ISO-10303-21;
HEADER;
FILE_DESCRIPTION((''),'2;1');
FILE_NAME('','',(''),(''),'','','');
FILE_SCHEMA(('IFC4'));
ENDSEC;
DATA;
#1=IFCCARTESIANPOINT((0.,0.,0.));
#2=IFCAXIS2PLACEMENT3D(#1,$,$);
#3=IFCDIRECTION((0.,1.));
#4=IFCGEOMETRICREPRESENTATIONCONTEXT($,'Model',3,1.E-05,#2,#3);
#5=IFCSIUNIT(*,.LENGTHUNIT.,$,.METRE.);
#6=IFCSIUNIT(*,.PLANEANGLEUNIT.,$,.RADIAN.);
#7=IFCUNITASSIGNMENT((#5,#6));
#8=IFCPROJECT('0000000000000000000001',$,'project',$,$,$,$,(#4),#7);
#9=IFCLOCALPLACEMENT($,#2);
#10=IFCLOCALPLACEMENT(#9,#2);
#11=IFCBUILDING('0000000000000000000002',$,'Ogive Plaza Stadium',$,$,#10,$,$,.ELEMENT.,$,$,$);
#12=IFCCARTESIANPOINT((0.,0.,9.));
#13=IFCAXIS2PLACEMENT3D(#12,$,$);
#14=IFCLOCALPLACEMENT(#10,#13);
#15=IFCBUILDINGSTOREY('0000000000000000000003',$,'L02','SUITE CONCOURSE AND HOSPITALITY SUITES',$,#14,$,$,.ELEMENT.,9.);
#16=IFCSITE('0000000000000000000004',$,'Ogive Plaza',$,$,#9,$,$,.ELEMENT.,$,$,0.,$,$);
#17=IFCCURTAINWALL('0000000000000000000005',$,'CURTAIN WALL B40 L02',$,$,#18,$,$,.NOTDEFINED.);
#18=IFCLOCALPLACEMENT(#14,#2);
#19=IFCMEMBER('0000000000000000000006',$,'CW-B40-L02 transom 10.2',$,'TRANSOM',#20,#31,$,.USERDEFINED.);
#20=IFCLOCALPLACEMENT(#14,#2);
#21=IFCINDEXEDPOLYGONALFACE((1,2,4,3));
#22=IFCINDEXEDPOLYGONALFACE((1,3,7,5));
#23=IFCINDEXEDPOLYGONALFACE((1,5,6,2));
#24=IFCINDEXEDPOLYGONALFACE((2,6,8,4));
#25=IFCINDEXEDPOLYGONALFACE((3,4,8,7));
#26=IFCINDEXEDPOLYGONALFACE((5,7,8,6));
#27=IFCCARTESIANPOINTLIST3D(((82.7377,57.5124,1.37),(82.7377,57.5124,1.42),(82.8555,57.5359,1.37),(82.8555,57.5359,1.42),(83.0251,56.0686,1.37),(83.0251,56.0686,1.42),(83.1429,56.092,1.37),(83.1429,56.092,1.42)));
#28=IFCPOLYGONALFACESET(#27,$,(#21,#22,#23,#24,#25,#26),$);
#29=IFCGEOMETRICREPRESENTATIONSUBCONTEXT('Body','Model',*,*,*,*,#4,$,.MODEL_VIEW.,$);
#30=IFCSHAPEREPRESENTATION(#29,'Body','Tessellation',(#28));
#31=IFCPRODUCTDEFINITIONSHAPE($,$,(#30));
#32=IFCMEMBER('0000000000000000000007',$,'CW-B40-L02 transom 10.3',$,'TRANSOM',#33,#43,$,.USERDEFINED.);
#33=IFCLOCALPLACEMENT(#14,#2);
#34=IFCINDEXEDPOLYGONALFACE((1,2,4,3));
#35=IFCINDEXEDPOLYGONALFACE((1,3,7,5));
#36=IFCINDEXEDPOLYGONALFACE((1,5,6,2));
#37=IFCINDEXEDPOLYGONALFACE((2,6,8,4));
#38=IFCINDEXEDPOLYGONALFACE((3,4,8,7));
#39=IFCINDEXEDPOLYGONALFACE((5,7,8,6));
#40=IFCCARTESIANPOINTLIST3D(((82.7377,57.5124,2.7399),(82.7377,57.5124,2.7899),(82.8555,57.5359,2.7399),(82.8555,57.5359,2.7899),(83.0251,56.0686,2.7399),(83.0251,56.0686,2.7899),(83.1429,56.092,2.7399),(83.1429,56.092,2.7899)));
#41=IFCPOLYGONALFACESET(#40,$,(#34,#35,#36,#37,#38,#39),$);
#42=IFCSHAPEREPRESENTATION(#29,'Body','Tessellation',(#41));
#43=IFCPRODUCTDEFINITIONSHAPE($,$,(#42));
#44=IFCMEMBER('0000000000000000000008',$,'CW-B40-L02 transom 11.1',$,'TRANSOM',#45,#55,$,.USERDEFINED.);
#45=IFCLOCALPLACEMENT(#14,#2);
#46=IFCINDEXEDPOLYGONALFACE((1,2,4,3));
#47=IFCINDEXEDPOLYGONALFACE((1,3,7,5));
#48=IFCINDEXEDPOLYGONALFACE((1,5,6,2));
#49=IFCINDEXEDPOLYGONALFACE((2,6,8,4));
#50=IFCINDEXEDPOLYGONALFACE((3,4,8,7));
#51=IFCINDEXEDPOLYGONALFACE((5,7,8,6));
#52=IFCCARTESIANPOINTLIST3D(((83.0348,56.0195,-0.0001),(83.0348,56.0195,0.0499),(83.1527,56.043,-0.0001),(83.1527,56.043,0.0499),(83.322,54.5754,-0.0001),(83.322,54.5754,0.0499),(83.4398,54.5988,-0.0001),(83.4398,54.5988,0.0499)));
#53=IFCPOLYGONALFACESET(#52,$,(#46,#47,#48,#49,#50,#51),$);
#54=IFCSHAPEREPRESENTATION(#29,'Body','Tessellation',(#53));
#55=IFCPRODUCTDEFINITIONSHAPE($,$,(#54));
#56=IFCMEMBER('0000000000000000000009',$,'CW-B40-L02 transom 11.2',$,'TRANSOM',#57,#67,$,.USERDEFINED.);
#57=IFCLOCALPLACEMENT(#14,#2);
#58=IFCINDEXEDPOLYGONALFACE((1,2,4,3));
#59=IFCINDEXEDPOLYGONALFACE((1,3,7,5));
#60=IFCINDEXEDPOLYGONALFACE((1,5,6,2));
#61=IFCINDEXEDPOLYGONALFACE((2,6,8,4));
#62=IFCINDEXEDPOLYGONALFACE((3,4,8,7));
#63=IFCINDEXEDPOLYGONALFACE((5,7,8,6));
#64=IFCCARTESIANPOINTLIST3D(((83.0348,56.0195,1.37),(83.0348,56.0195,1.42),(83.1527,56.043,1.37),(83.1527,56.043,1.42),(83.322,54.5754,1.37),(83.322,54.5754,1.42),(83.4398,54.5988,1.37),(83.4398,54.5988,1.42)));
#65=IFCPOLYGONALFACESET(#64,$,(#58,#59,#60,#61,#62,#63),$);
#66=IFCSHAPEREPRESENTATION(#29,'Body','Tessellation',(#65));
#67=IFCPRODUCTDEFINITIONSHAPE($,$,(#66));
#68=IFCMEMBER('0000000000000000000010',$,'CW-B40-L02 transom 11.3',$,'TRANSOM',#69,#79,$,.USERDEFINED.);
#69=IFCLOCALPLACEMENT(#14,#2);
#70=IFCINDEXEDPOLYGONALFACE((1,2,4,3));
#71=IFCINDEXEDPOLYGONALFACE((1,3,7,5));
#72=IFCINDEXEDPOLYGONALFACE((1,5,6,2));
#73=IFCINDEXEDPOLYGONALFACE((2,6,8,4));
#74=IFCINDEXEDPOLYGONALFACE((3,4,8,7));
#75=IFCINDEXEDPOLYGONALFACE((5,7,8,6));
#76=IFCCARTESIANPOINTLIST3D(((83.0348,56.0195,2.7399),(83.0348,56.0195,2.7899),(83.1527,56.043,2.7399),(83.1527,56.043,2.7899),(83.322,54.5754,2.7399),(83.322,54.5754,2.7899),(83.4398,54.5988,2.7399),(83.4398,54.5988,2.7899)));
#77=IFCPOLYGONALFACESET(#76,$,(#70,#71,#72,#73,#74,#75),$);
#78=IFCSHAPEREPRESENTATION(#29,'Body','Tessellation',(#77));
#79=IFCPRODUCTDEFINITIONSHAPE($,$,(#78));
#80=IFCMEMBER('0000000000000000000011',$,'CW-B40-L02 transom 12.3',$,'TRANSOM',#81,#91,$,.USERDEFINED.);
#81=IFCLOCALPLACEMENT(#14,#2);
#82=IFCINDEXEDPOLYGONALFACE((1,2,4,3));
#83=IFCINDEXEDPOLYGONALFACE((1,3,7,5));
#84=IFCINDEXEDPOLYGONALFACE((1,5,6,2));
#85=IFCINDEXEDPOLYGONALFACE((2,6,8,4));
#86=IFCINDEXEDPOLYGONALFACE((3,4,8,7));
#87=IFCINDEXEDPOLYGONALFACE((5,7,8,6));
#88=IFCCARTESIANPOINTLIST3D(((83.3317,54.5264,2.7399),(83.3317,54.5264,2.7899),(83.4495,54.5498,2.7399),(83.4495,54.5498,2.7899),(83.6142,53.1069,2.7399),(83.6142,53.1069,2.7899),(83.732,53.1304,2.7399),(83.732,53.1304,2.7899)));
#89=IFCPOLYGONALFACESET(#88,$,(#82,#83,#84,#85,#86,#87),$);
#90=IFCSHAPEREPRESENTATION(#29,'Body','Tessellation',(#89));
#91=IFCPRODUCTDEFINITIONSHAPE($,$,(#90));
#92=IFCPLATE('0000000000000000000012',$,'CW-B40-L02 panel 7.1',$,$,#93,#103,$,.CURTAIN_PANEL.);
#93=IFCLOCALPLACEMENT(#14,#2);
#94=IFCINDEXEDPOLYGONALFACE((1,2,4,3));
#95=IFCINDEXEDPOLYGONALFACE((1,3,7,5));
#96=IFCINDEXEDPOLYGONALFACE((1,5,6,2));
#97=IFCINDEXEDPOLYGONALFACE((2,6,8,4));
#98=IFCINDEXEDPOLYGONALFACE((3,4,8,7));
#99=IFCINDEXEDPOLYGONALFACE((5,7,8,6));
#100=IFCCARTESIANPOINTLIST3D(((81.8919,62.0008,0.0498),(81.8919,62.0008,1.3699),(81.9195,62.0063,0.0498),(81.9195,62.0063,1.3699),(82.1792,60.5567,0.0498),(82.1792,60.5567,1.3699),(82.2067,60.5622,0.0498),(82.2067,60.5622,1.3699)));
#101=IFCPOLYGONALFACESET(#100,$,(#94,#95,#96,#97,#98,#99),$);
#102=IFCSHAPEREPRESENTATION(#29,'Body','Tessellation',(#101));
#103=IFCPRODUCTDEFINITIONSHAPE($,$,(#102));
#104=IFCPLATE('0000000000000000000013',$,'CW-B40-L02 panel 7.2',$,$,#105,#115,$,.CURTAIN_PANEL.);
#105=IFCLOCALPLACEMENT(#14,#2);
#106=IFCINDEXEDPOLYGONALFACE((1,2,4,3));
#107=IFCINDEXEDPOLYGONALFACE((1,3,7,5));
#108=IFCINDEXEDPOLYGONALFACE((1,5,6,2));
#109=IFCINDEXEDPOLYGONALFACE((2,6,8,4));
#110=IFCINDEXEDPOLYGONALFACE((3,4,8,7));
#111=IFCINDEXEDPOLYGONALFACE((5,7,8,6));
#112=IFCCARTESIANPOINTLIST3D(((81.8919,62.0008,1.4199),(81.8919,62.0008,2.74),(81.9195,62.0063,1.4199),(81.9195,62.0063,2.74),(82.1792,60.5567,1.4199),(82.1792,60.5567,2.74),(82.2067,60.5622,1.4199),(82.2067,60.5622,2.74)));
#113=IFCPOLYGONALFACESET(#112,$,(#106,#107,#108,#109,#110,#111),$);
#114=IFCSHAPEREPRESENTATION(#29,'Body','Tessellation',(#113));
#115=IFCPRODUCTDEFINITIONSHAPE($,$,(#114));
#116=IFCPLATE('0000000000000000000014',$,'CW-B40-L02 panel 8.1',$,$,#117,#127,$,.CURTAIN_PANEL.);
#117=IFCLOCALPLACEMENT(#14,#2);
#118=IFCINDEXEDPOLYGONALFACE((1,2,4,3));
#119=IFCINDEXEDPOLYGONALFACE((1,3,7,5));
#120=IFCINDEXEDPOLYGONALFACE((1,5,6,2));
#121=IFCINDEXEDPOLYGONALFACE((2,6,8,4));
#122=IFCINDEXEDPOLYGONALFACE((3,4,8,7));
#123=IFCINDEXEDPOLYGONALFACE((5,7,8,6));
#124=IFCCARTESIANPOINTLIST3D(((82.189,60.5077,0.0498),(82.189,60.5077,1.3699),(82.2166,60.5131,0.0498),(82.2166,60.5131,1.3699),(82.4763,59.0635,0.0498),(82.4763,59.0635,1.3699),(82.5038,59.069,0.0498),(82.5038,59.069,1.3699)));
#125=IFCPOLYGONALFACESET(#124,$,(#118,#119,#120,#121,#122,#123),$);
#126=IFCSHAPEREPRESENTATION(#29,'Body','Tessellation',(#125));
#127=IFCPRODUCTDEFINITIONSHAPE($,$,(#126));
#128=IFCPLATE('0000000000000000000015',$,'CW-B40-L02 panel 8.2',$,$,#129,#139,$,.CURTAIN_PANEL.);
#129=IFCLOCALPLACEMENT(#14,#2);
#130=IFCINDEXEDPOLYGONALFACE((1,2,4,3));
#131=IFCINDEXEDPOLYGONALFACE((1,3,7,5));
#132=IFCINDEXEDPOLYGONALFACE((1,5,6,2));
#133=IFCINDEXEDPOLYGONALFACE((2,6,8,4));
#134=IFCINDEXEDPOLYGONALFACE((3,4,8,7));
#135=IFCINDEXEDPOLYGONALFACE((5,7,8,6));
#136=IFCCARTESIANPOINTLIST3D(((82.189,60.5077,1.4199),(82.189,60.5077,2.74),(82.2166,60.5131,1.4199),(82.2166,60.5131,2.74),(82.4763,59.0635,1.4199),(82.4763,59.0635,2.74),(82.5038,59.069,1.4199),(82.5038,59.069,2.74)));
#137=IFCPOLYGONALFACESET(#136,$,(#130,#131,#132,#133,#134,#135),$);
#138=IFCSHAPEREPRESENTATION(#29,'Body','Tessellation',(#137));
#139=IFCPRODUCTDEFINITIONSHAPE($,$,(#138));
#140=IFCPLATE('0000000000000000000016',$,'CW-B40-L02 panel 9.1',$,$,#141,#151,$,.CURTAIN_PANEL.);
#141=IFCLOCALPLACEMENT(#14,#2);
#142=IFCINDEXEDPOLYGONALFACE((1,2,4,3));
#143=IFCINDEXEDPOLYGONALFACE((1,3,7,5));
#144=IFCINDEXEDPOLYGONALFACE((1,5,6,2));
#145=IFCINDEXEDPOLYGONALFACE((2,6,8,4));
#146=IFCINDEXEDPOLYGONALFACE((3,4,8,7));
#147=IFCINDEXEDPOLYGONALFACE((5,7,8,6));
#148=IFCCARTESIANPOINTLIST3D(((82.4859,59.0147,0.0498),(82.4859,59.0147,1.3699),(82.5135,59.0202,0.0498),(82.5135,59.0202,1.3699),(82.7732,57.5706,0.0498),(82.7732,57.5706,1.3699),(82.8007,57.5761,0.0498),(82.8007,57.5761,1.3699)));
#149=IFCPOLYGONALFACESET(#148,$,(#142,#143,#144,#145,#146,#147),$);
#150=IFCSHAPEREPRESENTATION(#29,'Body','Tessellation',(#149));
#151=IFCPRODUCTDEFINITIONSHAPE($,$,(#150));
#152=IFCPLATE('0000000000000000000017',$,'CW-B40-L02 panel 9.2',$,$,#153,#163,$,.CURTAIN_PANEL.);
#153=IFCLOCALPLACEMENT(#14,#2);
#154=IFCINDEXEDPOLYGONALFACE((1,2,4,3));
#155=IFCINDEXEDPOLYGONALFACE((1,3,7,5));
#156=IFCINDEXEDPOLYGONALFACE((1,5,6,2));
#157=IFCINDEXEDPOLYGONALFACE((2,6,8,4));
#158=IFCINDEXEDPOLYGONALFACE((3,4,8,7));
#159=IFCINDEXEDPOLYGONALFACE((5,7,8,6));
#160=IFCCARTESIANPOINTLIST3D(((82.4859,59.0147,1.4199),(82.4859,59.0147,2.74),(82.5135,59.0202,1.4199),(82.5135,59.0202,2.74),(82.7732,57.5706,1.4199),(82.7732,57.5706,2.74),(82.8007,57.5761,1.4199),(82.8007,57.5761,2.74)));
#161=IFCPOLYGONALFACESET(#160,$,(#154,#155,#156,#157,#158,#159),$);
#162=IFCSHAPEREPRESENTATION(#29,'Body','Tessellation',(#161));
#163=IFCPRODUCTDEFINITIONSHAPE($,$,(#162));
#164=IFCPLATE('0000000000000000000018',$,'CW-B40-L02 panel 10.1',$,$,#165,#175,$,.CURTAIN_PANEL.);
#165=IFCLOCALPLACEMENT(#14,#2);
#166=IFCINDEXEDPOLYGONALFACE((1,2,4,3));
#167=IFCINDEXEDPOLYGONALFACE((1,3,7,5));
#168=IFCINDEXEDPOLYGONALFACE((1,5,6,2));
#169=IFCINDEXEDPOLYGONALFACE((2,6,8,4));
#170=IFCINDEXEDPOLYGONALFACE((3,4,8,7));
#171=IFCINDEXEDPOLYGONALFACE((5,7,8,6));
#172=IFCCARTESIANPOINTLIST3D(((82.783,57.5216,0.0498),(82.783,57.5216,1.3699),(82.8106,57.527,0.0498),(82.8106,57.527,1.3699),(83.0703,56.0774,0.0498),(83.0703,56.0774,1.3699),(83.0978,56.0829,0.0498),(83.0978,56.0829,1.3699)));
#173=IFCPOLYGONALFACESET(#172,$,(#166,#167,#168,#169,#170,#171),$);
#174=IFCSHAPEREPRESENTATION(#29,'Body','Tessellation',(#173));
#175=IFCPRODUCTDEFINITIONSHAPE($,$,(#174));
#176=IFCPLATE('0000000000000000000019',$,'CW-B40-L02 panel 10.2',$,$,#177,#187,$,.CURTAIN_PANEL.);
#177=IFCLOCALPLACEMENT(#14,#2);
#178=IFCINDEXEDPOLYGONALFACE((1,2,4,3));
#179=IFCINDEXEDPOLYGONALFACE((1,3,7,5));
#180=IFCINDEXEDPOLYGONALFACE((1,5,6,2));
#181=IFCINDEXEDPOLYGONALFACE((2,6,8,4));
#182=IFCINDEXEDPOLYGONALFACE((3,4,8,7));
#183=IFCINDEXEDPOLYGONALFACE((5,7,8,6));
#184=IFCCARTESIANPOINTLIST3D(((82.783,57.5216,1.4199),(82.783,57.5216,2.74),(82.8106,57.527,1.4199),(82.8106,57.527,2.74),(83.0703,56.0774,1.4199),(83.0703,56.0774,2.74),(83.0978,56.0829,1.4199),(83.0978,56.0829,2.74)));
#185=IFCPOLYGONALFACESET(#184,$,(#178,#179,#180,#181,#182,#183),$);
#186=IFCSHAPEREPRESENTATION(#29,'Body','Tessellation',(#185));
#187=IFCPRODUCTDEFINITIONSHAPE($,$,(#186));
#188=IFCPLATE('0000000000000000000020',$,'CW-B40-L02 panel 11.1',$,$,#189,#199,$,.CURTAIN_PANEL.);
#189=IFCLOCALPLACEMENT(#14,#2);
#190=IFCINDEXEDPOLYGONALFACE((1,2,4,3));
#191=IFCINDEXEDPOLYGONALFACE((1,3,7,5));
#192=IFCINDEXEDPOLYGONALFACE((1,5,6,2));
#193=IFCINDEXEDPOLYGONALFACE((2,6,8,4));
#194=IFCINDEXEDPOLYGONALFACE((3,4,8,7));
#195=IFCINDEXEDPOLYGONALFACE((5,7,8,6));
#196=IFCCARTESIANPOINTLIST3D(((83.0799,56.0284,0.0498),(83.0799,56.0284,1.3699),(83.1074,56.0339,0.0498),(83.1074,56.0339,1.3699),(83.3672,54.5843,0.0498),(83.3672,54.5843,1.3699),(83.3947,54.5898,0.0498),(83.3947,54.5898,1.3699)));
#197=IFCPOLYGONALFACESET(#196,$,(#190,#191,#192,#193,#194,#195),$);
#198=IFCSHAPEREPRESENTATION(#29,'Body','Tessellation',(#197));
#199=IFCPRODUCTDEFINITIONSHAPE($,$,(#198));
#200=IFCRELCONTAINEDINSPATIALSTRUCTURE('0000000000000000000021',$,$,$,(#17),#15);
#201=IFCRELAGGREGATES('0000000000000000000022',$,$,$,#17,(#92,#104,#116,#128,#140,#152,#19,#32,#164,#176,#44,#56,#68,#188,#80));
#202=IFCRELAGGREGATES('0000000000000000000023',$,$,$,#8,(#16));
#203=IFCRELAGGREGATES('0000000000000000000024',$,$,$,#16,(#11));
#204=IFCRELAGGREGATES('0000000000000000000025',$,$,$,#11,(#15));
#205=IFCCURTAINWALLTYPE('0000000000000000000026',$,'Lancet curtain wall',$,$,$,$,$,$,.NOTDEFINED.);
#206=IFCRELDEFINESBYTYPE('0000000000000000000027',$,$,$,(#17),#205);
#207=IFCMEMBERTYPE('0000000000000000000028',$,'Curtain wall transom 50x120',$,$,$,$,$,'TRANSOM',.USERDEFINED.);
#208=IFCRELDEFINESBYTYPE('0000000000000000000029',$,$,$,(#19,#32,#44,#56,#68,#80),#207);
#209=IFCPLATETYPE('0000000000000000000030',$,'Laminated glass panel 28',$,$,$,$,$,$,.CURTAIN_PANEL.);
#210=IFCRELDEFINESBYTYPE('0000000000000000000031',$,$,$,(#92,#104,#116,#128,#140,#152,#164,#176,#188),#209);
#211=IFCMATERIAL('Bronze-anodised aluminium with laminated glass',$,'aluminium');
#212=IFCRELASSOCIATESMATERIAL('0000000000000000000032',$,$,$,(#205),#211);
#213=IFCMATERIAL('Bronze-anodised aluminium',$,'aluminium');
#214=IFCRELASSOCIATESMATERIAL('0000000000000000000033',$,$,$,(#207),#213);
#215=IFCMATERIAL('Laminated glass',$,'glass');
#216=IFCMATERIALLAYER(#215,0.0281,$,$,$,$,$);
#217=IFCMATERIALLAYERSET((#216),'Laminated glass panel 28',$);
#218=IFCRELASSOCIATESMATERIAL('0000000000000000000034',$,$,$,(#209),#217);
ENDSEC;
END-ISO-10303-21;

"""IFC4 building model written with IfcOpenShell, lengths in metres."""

from ifc_helpers import new_model, si_unit, direction, frame, origin, origin_2d, place, context, subcontext, project, spatial, rectangle, extrude, material, layer, layer_set, material_profile, profile_set, type_object, element, aggregate, save


model = new_model("IFC4")

# Units and contexts
model_context = context("Model", 3, precision=1e-05, world=origin(), true_north=direction((0.0, 1.0)))
body_context = subcontext(model_context, "Body", "Model", "MODEL_VIEW")
ifc_project = project(units=[si_unit("LENGTHUNIT", "METRE"), si_unit("PLANEANGLEUNIT", "RADIAN")], contexts=[model_context])

# Site, building, storey
site_placement = place(None, origin())
site = spatial("IfcSite", under=ifc_project, at=site_placement, Name="Ogive Plaza", CompositionType="ELEMENT", RefElevation=0.0)
building_placement = place(site_placement, origin())
building = spatial("IfcBuilding", under=site, at=building_placement, Name="Ogive Plaza Stadium", CompositionType="ELEMENT")
storey_placement = place(building_placement, frame((0.0, 0.0, 9.0)))
storey = spatial("IfcBuildingStorey", under=building, at=storey_placement, Name="L02", Description="SUITE CONCOURSE AND HOSPITALITY SUITES", CompositionType="ELEMENT", Elevation=9.0)

# Curtain wall, members, plates
ifc_material_1 = material(Name="Bronze-anodised aluminium with laminated glass", Category="aluminium")
curtain_wall_type = type_object("IfcCurtainWallType", Name="Lancet curtain wall", PredefinedType="NOTDEFINED", material=ifc_material_1)
curtain_wall_placement = place(storey_placement, origin())
curtain_wall = element("IfcCurtainWall", 1, at=curtain_wall_placement, inside=storey, type_object=curtain_wall_type, Name="CURTAIN WALL B40 L02", PredefinedType="NOTDEFINED")
ifc_material_2 = material(Name="Bronze-anodised aluminium", Category="aluminium")
ifc_material_profile_1 = material_profile(ifc_material_2, rectangle(XDim=0.1201, YDim=0.05, at=origin_2d()), Name="AL 120x50")
ifc_profile_set_1 = profile_set([ifc_material_profile_1], Name="Bronze-anodised aluminium")
member_type_1 = type_object("IfcMemberType", Name="Curtain wall transom 50x120", ElementType="TRANSOM", PredefinedType="USERDEFINED", material=ifc_profile_set_1)
member_1_placement = place(storey_placement, frame((82.7966, 57.5242, 1.395), z_axis=(0.195191, -0.980765, 0.0), x_axis=(0.980765, 0.195191, 0.0)))
member_1 = element("IfcMember", 2, at=member_1_placement, type_object=member_type_1, Name="CW-B40-L02 transom 10.2", ObjectType="TRANSOM", PredefinedType="USERDEFINED", context=body_context, shape_type="SweptSolid", body=[
    extrude(rectangle(XDim=0.1201, YDim=0.05, at=origin_2d()), origin(), (0.0, 0.0, 1.0), 1.4722),
])
member_2_placement = place(storey_placement, frame((82.7966, 57.5242, 2.7649), z_axis=(0.195191, -0.980765, 0.0), x_axis=(0.980765, 0.195191, 0.0)))
member_2 = element("IfcMember", 3, at=member_2_placement, type_object=member_type_1, Name="CW-B40-L02 transom 10.3", ObjectType="TRANSOM", PredefinedType="USERDEFINED", context=body_context, shape_type="SweptSolid", body=[
    extrude(rectangle(XDim=0.1201, YDim=0.05, at=origin_2d()), origin(), (0.0, 0.0, 1.0), 1.4722),
])
member_3_placement = place(storey_placement, frame((83.0938, 56.0312, 0.0249), z_axis=(0.195, -0.980803, 0.0), x_axis=(0.980803, 0.195, 0.0)))
member_3 = element("IfcMember", 4, at=member_3_placement, type_object=member_type_1, Name="CW-B40-L02 transom 11.1", ObjectType="TRANSOM", PredefinedType="USERDEFINED", context=body_context, shape_type="SweptSolid", body=[
    extrude(rectangle(XDim=0.1201, YDim=0.05, at=origin_2d()), origin(), (0.0, 0.0, 1.0), 1.4724),
])
member_4_placement = place(storey_placement, frame((83.0938, 56.0312, 1.395), z_axis=(0.195, -0.980803, 0.0), x_axis=(0.980803, 0.195, 0.0)))
member_4 = element("IfcMember", 5, at=member_4_placement, type_object=member_type_1, Name="CW-B40-L02 transom 11.2", ObjectType="TRANSOM", PredefinedType="USERDEFINED", context=body_context, shape_type="SweptSolid", body=[
    extrude(rectangle(XDim=0.1201, YDim=0.05, at=origin_2d()), origin(), (0.0, 0.0, 1.0), 1.4724),
])
member_5_placement = place(storey_placement, frame((83.0938, 56.0312, 2.7649), z_axis=(0.195, -0.980803, 0.0), x_axis=(0.980803, 0.195, 0.0)))
member_5 = element("IfcMember", 6, at=member_5_placement, type_object=member_type_1, Name="CW-B40-L02 transom 11.3", ObjectType="TRANSOM", PredefinedType="USERDEFINED", context=body_context, shape_type="SweptSolid", body=[
    extrude(rectangle(XDim=0.1201, YDim=0.05, at=origin_2d()), origin(), (0.0, 0.0, 1.0), 1.4724),
])
member_6_placement = place(storey_placement, frame((83.3906, 54.5381, 2.7649), z_axis=(0.195175, -0.980768, 0.0), x_axis=(0.980768, 0.195175, 0.0)))
member_6 = element("IfcMember", 7, at=member_6_placement, type_object=member_type_1, Name="CW-B40-L02 transom 12.3", ObjectType="TRANSOM", PredefinedType="USERDEFINED", context=body_context, shape_type="SweptSolid", body=[
    extrude(rectangle(XDim=0.1201, YDim=0.05, at=origin_2d()), origin(), (0.0, 0.0, 1.0), 1.4473),
])
ifc_material_3 = material(Name="Laminated glass", Category="glass")
ifc_layer_1 = layer(ifc_material_3, 0.0281)
ifc_layer_set_1 = layer_set([ifc_layer_1], Name="Laminated glass panel 28")
plate_type = type_object("IfcPlateType", Name="Laminated glass panel 28", PredefinedType="CURTAIN_PANEL", material=ifc_layer_set_1)
plate_1_placement = place(storey_placement, frame((82.0493, 61.2815, 0.0498), z_axis=(0.0, 0.0, 1.0), x_axis=(0.19509, -0.980785, 0.0)))
plate_1 = element("IfcPlate", 8, at=plate_1_placement, type_object=plate_type, Name="CW-B40-L02 panel 7.1", PredefinedType="CURTAIN_PANEL", context=body_context, shape_type="SweptSolid", body=[
    extrude(rectangle(XDim=1.4724, YDim=0.0281, at=origin_2d()), origin(), (0.0, 0.0, 1.0), 1.3201),
])
plate_2_placement = place(storey_placement, frame((82.0493, 61.2815, 1.4199), z_axis=(0.0, 0.0, 1.0), x_axis=(0.19509, -0.980785, 0.0)))
plate_2 = element("IfcPlate", 9, at=plate_2_placement, type_object=plate_type, Name="CW-B40-L02 panel 7.2", PredefinedType="CURTAIN_PANEL", context=body_context, shape_type="SweptSolid", body=[
    extrude(rectangle(XDim=1.4724, YDim=0.0281, at=origin_2d()), origin(), (0.0, 0.0, 1.0), 1.3201),
])
plate_3_placement = place(storey_placement, frame((82.3464, 59.7883, 0.0498), z_axis=(0.0, 0.0, 1.0), x_axis=(0.19509, -0.980785, 0.0)))
plate_3 = element("IfcPlate", 10, at=plate_3_placement, type_object=plate_type, Name="CW-B40-L02 panel 8.1", PredefinedType="CURTAIN_PANEL", context=body_context, shape_type="SweptSolid", body=[
    extrude(rectangle(XDim=1.4724, YDim=0.0281, at=origin_2d()), origin(), (0.0, 0.0, 1.0), 1.3201),
])
plate_4_placement = place(storey_placement, frame((82.3464, 59.7883, 1.4199), z_axis=(0.0, 0.0, 1.0), x_axis=(0.19509, -0.980785, 0.0)))
plate_4 = element("IfcPlate", 11, at=plate_4_placement, type_object=plate_type, Name="CW-B40-L02 panel 8.2", PredefinedType="CURTAIN_PANEL", context=body_context, shape_type="SweptSolid", body=[
    extrude(rectangle(XDim=1.4724, YDim=0.0281, at=origin_2d()), origin(), (0.0, 0.0, 1.0), 1.3201),
])
plate_5_placement = place(storey_placement, frame((82.6433, 58.2954, 0.0498), z_axis=(0.0, 0.0, 1.0), x_axis=(0.19509, -0.980785, 0.0)))
plate_5 = element("IfcPlate", 12, at=plate_5_placement, type_object=plate_type, Name="CW-B40-L02 panel 9.1", PredefinedType="CURTAIN_PANEL", context=body_context, shape_type="SweptSolid", body=[
    extrude(rectangle(XDim=1.4724, YDim=0.0281, at=origin_2d()), origin(), (0.0, 0.0, 1.0), 1.3201),
])
plate_6_placement = place(storey_placement, frame((82.6433, 58.2954, 1.4199), z_axis=(0.0, 0.0, 1.0), x_axis=(0.19509, -0.980785, 0.0)))
plate_6 = element("IfcPlate", 13, at=plate_6_placement, type_object=plate_type, Name="CW-B40-L02 panel 9.2", PredefinedType="CURTAIN_PANEL", context=body_context, shape_type="SweptSolid", body=[
    extrude(rectangle(XDim=1.4724, YDim=0.0281, at=origin_2d()), origin(), (0.0, 0.0, 1.0), 1.3201),
])
plate_7_placement = place(storey_placement, frame((82.9404, 56.8022, 0.0498), z_axis=(0.0, 0.0, 1.0), x_axis=(0.19509, -0.980785, 0.0)))
plate_7 = element("IfcPlate", 14, at=plate_7_placement, type_object=plate_type, Name="CW-B40-L02 panel 10.1", PredefinedType="CURTAIN_PANEL", context=body_context, shape_type="SweptSolid", body=[
    extrude(rectangle(XDim=1.4724, YDim=0.0281, at=origin_2d()), origin(), (0.0, 0.0, 1.0), 1.3201),
])
plate_8_placement = place(storey_placement, frame((82.9404, 56.8022, 1.4199), z_axis=(0.0, 0.0, 1.0), x_axis=(0.19509, -0.980785, 0.0)))
plate_8 = element("IfcPlate", 15, at=plate_8_placement, type_object=plate_type, Name="CW-B40-L02 panel 10.2", PredefinedType="CURTAIN_PANEL", context=body_context, shape_type="SweptSolid", body=[
    extrude(rectangle(XDim=1.4724, YDim=0.0281, at=origin_2d()), origin(), (0.0, 0.0, 1.0), 1.3201),
])
plate_9_placement = place(storey_placement, frame((83.2373, 55.3091, 0.0498), z_axis=(0.0, 0.0, 1.0), x_axis=(0.19509, -0.980785, 0.0)))
plate_9 = element("IfcPlate", 16, at=plate_9_placement, type_object=plate_type, Name="CW-B40-L02 panel 11.1", PredefinedType="CURTAIN_PANEL", context=body_context, shape_type="SweptSolid", body=[
    extrude(rectangle(XDim=1.4724, YDim=0.0281, at=origin_2d()), origin(), (0.0, 0.0, 1.0), 1.3201),
])
aggregate(curtain_wall, [plate_1, plate_2, plate_3, plate_4, plate_5, plate_6, member_1, member_2, plate_7, plate_8, member_3, member_4, member_5, plate_9, member_6])

save(model, "model.ifc")
